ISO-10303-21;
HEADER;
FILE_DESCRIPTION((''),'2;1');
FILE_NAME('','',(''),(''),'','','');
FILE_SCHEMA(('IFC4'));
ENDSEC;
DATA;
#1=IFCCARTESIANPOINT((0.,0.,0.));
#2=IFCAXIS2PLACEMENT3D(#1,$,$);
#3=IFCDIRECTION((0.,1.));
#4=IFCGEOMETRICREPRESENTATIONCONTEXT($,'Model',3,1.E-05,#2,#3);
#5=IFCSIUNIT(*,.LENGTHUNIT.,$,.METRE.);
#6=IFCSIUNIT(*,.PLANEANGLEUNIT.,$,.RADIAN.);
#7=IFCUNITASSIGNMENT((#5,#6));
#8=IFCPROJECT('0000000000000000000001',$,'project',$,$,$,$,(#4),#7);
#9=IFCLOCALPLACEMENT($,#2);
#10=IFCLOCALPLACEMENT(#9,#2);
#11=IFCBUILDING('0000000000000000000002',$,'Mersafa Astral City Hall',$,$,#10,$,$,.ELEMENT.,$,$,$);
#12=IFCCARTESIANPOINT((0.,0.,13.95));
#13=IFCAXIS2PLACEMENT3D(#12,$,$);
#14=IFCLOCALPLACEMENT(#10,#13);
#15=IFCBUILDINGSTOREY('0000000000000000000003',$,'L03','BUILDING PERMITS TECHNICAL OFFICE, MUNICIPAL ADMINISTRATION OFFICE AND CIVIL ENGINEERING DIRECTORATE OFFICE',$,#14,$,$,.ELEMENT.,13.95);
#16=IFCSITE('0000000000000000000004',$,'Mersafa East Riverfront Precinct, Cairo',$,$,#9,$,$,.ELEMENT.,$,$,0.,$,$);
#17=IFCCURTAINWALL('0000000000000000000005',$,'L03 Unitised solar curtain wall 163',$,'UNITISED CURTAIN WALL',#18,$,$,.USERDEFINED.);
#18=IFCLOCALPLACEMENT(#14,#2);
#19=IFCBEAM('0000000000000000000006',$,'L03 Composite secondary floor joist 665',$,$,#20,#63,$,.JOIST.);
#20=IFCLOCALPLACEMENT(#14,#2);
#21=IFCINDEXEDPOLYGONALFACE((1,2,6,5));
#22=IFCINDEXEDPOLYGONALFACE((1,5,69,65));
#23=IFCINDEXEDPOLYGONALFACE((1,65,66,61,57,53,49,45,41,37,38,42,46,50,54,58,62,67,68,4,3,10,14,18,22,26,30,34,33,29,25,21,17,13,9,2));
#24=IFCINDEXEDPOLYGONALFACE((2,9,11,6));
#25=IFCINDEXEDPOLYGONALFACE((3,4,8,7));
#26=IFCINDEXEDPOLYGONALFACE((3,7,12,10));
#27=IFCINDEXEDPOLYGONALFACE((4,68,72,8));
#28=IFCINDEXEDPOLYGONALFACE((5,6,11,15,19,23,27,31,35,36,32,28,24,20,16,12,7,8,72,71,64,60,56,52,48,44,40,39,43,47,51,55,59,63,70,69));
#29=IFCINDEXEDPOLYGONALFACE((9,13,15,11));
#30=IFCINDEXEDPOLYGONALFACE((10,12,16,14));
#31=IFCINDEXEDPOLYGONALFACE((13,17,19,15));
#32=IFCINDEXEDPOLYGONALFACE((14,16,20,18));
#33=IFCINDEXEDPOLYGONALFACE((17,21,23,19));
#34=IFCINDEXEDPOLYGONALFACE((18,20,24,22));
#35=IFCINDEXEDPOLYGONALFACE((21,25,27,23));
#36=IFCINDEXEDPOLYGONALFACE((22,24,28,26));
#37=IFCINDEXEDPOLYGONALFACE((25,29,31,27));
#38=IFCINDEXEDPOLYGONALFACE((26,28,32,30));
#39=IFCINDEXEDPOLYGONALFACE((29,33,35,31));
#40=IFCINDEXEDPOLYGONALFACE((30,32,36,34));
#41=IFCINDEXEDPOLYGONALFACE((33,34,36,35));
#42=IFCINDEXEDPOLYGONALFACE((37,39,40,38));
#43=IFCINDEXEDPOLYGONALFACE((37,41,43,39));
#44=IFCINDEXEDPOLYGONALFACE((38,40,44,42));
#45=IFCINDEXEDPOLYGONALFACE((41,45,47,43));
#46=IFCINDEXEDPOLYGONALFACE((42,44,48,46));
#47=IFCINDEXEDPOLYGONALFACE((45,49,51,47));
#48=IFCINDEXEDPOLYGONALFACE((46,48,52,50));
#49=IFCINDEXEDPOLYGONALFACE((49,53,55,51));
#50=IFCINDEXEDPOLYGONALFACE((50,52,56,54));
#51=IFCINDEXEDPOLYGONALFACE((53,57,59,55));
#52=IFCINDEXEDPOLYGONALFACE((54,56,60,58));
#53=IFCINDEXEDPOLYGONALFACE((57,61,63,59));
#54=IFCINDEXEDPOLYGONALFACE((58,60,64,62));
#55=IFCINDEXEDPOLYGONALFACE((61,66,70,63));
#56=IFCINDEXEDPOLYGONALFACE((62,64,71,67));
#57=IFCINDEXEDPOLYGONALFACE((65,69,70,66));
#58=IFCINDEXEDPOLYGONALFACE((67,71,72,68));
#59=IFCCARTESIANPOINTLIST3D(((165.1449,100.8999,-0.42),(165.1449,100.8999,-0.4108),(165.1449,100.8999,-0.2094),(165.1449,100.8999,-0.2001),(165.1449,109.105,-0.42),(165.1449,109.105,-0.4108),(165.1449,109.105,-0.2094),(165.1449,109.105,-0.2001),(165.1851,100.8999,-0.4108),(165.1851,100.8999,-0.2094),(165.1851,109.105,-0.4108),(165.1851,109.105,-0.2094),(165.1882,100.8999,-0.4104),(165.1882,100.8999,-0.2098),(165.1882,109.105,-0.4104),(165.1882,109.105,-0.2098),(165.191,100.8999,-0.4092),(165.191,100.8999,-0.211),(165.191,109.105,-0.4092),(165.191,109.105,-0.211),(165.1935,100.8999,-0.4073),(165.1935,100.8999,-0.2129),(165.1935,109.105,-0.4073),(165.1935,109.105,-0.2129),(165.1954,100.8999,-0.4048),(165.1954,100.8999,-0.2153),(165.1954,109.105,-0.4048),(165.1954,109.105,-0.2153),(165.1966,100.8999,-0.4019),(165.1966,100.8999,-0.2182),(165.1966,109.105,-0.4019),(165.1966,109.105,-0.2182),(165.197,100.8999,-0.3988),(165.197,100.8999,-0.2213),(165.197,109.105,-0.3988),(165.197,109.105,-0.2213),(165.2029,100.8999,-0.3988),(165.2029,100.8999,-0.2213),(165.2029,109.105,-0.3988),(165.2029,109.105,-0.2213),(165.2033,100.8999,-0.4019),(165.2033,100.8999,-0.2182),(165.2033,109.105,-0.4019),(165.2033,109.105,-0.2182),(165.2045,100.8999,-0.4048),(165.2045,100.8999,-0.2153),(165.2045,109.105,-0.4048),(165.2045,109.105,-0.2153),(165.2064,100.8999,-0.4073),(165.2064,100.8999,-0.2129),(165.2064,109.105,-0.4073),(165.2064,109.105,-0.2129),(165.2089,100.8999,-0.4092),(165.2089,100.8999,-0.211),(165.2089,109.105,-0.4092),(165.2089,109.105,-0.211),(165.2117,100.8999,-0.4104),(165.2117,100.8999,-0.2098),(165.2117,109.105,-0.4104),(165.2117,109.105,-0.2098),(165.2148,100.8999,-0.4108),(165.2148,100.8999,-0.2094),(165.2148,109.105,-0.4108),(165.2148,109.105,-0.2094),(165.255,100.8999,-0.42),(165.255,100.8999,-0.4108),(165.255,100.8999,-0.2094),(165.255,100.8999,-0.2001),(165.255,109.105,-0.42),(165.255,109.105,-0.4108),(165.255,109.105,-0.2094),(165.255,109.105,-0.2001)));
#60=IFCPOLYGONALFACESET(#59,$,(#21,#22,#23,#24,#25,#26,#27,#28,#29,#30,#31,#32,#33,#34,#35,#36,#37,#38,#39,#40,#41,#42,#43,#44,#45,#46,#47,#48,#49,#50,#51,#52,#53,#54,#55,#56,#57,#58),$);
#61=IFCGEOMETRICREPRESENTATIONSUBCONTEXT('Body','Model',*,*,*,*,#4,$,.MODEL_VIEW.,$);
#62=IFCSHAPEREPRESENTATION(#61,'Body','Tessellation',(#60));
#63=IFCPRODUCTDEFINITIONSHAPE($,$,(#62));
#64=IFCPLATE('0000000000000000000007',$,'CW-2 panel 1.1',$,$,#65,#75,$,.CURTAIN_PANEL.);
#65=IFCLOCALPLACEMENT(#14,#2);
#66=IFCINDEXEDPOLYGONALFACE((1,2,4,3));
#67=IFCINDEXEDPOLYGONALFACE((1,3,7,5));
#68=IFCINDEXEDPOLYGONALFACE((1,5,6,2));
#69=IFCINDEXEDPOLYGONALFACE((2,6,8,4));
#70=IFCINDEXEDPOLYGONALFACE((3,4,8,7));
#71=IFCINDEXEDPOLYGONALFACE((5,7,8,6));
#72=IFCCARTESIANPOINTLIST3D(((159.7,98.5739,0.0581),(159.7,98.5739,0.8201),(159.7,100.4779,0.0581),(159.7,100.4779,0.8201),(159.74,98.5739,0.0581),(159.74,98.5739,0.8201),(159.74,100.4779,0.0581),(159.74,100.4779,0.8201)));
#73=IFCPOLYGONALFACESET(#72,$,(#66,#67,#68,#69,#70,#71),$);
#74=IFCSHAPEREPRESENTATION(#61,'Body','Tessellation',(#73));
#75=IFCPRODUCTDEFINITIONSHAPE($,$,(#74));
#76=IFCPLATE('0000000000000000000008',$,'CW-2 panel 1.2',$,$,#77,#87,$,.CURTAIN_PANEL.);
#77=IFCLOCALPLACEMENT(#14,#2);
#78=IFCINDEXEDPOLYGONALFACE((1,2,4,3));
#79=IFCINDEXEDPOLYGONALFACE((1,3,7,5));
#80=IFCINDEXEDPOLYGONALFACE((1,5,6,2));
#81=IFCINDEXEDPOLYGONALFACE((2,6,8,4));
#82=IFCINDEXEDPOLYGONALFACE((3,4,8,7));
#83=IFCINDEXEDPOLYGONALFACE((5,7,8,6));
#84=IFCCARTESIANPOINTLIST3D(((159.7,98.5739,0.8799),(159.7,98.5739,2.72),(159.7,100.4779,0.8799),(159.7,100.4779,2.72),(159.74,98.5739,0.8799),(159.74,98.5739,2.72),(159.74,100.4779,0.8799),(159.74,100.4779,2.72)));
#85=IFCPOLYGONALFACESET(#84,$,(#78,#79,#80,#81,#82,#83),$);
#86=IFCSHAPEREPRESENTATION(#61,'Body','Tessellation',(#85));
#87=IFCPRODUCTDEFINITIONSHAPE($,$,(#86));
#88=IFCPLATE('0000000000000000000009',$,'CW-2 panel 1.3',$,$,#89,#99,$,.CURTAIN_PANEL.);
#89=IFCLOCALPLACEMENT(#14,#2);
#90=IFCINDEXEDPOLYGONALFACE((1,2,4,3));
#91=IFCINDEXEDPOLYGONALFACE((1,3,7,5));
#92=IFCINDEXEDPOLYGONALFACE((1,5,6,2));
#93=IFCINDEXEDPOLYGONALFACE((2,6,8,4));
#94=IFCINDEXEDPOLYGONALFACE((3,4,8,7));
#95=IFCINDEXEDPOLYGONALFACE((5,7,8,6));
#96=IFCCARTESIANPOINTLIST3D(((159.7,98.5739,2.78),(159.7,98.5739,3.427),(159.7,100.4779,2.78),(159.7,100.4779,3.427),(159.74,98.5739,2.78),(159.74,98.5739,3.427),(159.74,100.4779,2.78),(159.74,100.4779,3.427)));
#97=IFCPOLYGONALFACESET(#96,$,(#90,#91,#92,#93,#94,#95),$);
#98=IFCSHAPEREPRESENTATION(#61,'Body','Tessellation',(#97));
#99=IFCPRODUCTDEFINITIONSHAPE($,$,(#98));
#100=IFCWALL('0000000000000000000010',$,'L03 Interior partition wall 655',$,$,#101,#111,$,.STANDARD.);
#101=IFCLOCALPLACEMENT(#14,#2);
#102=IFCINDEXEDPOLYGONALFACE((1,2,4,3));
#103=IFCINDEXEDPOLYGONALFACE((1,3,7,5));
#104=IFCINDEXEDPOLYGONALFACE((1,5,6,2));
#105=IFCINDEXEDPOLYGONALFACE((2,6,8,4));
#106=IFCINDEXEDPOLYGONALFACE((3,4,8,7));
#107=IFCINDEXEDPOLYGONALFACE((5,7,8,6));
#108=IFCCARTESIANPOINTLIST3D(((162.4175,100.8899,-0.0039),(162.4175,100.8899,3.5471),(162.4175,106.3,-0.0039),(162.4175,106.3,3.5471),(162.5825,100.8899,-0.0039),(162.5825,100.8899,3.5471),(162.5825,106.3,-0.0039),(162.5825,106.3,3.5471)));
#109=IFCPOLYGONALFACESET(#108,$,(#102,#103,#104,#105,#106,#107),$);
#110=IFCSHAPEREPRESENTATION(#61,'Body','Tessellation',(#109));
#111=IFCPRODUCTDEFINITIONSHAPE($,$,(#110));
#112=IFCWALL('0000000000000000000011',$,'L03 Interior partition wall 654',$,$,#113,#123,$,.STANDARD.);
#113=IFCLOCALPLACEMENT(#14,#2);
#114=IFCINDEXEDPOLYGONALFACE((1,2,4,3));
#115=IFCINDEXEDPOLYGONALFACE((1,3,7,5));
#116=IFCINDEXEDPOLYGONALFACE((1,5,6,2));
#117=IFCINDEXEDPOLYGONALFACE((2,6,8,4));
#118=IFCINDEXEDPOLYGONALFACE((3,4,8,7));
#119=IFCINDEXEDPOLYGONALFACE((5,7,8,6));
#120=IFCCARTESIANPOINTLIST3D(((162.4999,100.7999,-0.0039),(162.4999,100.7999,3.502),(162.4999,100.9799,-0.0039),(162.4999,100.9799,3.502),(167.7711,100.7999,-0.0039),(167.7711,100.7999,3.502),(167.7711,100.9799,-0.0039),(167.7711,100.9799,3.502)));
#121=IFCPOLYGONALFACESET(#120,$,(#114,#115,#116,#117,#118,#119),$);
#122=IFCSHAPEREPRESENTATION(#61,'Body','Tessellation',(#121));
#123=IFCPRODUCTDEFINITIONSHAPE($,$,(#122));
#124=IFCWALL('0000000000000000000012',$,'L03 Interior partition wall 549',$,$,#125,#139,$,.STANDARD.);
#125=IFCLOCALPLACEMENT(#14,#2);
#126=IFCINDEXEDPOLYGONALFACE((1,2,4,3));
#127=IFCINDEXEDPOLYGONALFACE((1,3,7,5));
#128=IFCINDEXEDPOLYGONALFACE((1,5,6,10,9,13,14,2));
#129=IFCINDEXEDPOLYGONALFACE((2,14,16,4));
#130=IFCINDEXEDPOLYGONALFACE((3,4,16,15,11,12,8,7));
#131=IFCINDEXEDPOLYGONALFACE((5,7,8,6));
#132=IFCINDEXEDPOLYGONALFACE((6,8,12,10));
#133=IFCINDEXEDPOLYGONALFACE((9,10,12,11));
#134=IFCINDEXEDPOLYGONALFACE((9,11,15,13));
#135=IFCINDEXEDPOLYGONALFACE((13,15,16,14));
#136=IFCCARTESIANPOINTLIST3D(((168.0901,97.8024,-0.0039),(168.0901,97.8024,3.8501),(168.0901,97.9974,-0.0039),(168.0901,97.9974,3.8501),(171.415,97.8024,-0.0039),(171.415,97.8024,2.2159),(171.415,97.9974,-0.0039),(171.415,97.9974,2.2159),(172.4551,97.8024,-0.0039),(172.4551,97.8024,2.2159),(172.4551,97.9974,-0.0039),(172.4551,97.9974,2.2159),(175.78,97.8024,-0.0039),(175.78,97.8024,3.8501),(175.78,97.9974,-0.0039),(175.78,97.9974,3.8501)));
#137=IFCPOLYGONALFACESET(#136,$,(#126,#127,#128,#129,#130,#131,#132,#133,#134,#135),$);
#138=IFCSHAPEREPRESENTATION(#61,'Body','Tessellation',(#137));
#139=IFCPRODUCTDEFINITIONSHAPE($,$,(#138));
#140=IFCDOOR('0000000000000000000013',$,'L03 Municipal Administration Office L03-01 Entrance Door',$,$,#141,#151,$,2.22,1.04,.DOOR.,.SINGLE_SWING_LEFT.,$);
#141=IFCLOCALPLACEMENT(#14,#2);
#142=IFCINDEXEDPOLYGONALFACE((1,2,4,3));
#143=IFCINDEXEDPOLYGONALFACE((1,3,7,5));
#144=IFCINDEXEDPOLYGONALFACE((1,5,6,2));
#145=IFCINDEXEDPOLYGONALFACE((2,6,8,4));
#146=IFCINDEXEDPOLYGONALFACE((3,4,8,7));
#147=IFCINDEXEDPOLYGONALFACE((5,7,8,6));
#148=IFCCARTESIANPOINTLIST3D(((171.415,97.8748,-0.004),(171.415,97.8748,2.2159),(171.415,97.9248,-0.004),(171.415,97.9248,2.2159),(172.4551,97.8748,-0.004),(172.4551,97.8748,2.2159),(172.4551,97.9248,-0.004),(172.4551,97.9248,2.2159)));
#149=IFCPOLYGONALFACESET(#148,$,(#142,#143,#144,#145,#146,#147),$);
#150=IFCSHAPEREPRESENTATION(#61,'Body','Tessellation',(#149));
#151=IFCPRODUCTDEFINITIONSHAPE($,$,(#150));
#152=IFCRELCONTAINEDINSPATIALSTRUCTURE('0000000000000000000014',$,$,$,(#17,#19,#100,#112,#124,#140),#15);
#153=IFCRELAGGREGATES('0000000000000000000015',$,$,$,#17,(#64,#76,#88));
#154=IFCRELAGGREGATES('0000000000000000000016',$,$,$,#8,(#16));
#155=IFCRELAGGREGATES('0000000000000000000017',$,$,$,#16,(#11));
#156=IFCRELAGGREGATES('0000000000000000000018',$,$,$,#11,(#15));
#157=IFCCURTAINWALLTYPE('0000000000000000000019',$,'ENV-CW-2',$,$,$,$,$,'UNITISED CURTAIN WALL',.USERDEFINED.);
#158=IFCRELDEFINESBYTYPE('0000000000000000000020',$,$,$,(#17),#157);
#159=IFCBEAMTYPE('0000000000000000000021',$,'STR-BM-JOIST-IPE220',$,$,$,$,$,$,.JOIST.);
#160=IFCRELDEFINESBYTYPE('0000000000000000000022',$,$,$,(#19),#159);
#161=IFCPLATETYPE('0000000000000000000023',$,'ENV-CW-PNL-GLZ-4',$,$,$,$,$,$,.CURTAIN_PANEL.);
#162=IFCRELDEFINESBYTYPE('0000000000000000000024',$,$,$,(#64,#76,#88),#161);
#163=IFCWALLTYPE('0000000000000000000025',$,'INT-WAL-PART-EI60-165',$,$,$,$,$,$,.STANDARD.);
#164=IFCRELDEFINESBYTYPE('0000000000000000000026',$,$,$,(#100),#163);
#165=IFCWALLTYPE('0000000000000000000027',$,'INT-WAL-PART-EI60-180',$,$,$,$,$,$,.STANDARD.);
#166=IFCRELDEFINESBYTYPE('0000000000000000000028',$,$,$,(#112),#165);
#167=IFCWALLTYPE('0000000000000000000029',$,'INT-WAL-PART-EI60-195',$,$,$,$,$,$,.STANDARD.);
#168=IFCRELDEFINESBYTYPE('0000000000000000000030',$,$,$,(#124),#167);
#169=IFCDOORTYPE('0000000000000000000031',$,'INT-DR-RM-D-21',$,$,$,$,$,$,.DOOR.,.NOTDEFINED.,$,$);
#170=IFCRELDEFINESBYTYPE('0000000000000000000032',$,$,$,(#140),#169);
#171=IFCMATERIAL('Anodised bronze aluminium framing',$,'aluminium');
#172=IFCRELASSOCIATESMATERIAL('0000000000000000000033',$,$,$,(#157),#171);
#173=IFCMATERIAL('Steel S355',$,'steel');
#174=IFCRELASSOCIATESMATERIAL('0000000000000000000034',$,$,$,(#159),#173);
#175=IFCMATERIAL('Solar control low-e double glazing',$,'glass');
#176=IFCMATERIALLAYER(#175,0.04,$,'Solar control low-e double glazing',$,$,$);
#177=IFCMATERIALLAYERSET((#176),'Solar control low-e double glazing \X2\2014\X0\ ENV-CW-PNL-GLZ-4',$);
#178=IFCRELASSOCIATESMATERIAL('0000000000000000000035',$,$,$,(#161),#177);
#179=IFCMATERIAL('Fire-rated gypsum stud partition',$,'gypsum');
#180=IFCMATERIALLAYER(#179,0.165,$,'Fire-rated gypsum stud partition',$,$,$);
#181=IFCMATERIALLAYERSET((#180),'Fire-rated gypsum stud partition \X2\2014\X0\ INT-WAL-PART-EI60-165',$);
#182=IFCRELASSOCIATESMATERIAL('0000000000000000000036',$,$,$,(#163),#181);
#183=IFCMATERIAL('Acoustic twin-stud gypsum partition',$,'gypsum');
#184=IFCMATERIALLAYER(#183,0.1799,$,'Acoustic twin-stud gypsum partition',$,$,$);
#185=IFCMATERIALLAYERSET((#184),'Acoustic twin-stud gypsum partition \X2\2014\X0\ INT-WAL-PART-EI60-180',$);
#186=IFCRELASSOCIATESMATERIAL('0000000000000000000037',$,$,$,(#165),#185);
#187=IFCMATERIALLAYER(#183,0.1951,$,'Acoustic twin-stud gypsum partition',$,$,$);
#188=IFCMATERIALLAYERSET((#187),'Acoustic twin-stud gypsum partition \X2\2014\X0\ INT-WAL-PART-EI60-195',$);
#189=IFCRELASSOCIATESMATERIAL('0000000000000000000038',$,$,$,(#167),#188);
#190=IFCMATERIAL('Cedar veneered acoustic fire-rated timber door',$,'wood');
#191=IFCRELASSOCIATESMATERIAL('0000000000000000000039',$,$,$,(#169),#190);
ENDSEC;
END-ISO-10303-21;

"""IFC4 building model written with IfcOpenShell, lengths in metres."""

from ifc_helpers import new_model, si_unit, direction, frame, frame_2d, origin, origin_2d, place, context, subcontext, project, spatial, rectangle, i_section, extrude, material, layer, layer_set, material_profile, profile_set, type_object, element, fill, aggregate, save


model = new_model("IFC4")

# Units and contexts
model_context = context("Model", 3, precision=1e-05, world=origin(), true_north=direction((0.0, 1.0)))
body_context = subcontext(model_context, "Body", "Model", "MODEL_VIEW")
ifc_project = project(units=[si_unit("LENGTHUNIT", "METRE"), si_unit("PLANEANGLEUNIT", "RADIAN")], contexts=[model_context])

# Site, building, storey
site_placement = place(None, origin())
site = spatial("IfcSite", under=ifc_project, at=site_placement, Name="Mersafa East Riverfront Precinct, Cairo", CompositionType="ELEMENT", RefElevation=0.0)
building_placement = place(site_placement, origin())
building = spatial("IfcBuilding", under=site, at=building_placement, Name="Mersafa Astral City Hall", CompositionType="ELEMENT")
storey_placement = place(building_placement, frame((0.0, 0.0, 13.95)))
storey = spatial("IfcBuildingStorey", under=building, at=storey_placement, Name="L03", Description="BUILDING PERMITS TECHNICAL OFFICE, MUNICIPAL ADMINISTRATION OFFICE AND CIVIL ENGINEERING DIRECTORATE OFFICE", CompositionType="ELEMENT", Elevation=13.95)

# Shared definitions
ifc_material_1 = material(Name="Steel S355", Category="steel")

# Curtain wall
ifc_material_2 = material(Name="Anodised bronze aluminium framing", Category="aluminium")
curtain_wall_type = type_object("IfcCurtainWallType", Name="ENV-CW-2", ElementType="UNITISED CURTAIN WALL", PredefinedType="USERDEFINED", material=ifc_material_2)
curtain_wall_placement = place(storey_placement, origin())
curtain_wall = element("IfcCurtainWall", 1, at=curtain_wall_placement, inside=storey, type_object=curtain_wall_type, Name="L03 Unitised solar curtain wall 163", ObjectType="UNITISED CURTAIN WALL", PredefinedType="USERDEFINED")

# Beam
ifc_material_profile_1 = material_profile(ifc_material_1, i_section(OverallWidth=0.1101, OverallDepth=0.22, WebThickness=0.0059, FlangeThickness=0.0093, FilletRadius=0.012, at=origin_2d()), Name="IPE 220")
ifc_profile_set_1 = profile_set([ifc_material_profile_1], Name="Steel S355")
beam_type_1 = type_object("IfcBeamType", Name="STR-BM-JOIST-IPE220", PredefinedType="JOIST", material=ifc_profile_set_1)
for number, where, z_axis, x_axis, name in (
    (2, (165.2, 100.8999, -0.3101), (0.0, 1.0, 0.0), (-1.0, 0.0, 0.0), "L03 Composite secondary floor joist 665"),
):
    element("IfcBeam", number, at=place(storey_placement, frame(where, z_axis=z_axis, x_axis=x_axis)), inside=storey, type_object=beam_type_1, Name=name, PredefinedType="JOIST", context=body_context, shape_type="SweptSolid", body=[
        extrude(i_section(OverallWidth=0.1101, OverallDepth=0.22, WebThickness=0.0059, FlangeThickness=0.0093, FilletRadius=0.012, at=origin_2d()), origin(), (0.0, 0.0, 1.0), 8.2051),
    ])

# Plates
ifc_material_3 = material(Name="Solar control low-e double glazing", Category="glass")
ifc_layer_1 = layer(ifc_material_3, 0.04, Name="Solar control low-e double glazing")
ifc_layer_set_1 = layer_set([ifc_layer_1], Name="Solar control low-e double glazing — ENV-CW-PNL-GLZ-4")
plate_type = type_object("IfcPlateType", Name="ENV-CW-PNL-GLZ-4", PredefinedType="CURTAIN_PANEL", material=ifc_layer_set_1)
plate_1_placement = place(storey_placement, frame((159.72, 99.5259, 0.0581), z_axis=(0.0, 0.0, 1.0), x_axis=(0.0, -1.0, 0.0)))
plate_1 = element("IfcPlate", 3, at=plate_1_placement, type_object=plate_type, Name="CW-2 panel 1.1", PredefinedType="CURTAIN_PANEL", context=body_context, shape_type="SweptSolid", body=[
    extrude(rectangle(XDim=1.9041, YDim=0.04, at=origin_2d()), origin(), (0.0, 0.0, 1.0), 0.762),
])
plate_2_placement = place(storey_placement, frame((159.72, 99.5259, 0.8799), z_axis=(0.0, 0.0, 1.0), x_axis=(0.0, -1.0, 0.0)))
plate_2 = element("IfcPlate", 4, at=plate_2_placement, type_object=plate_type, Name="CW-2 panel 1.2", PredefinedType="CURTAIN_PANEL", context=body_context, shape_type="SweptSolid", body=[
    extrude(rectangle(XDim=1.9041, YDim=0.04, at=origin_2d()), origin(), (0.0, 0.0, 1.0), 1.8401),
])
plate_3_placement = place(storey_placement, frame((159.72, 99.5259, 2.78), z_axis=(0.0, 0.0, 1.0), x_axis=(0.0, -1.0, 0.0)))
plate_3 = element("IfcPlate", 5, at=plate_3_placement, type_object=plate_type, Name="CW-2 panel 1.3", PredefinedType="CURTAIN_PANEL", context=body_context, shape_type="SweptSolid", body=[
    extrude(rectangle(XDim=1.9041, YDim=0.04, at=origin_2d()), origin(), (0.0, 0.0, 1.0), 0.647),
])
aggregate(curtain_wall, [plate_1, plate_2, plate_3])

# Walls
ifc_material_4 = material(Name="Fire-rated gypsum stud partition", Category="gypsum")
ifc_layer_2 = layer(ifc_material_4, 0.165, Name="Fire-rated gypsum stud partition")
ifc_layer_set_2 = layer_set([ifc_layer_2], Name="Fire-rated gypsum stud partition — INT-WAL-PART-EI60-165")
wall_type_1 = type_object("IfcWallType", Name="INT-WAL-PART-EI60-165", PredefinedType="STANDARD", material=ifc_layer_set_2)
wall_1_placement = place(storey_placement, frame((162.5, 100.8899, -0.0039), z_axis=(0.0, 0.0, 1.0), x_axis=(0.0, 1.0, 0.0)))
element("IfcWall", 6, at=wall_1_placement, inside=storey, type_object=wall_type_1, Name="L03 Interior partition wall 655", PredefinedType="STANDARD", context=body_context, shape_type="SweptSolid", body=[
    extrude(rectangle(XDim=5.4102, YDim=0.165, at=frame_2d((2.7051, 0.0))), origin(), (0.0, 0.0, 1.0), 3.551),
])
ifc_material_5 = material(Name="Acoustic twin-stud gypsum partition", Category="gypsum")
ifc_layer_3 = layer(ifc_material_5, 0.1799, Name="Acoustic twin-stud gypsum partition")
ifc_layer_set_3 = layer_set([ifc_layer_3], Name="Acoustic twin-stud gypsum partition — INT-WAL-PART-EI60-180")
wall_type_2 = type_object("IfcWallType", Name="INT-WAL-PART-EI60-180", PredefinedType="STANDARD", material=ifc_layer_set_3)
wall_2_placement = place(storey_placement, frame((167.7712, 100.8899, -0.0039), z_axis=(0.0, 0.0, 1.0), x_axis=(-1.0, 0.0, 0.0)))
element("IfcWall", 7, at=wall_2_placement, inside=storey, type_object=wall_type_2, Name="L03 Interior partition wall 654", PredefinedType="STANDARD", context=body_context, shape_type="SweptSolid", body=[
    extrude(rectangle(XDim=5.2712, YDim=0.1799, at=frame_2d((2.6357, 0.0))), origin(), (0.0, 0.0, 1.0), 3.5059),
])

# Wall, opening, door
ifc_layer_4 = layer(ifc_material_5, 0.1951, Name="Acoustic twin-stud gypsum partition")
ifc_layer_set_4 = layer_set([ifc_layer_4], Name="Acoustic twin-stud gypsum partition — INT-WAL-PART-EI60-195")
wall_type_3 = type_object("IfcWallType", Name="INT-WAL-PART-EI60-195", PredefinedType="STANDARD", material=ifc_layer_set_4)
wall_3_placement = place(storey_placement, frame((168.0901, 97.8999, -0.0039), z_axis=(0.0, 0.0, 1.0), x_axis=(1.0, 0.0, 0.0)))
wall_3 = element("IfcWall", 8, at=wall_3_placement, inside=storey, type_object=wall_type_3, Name="L03 Interior partition wall 549", PredefinedType="STANDARD", context=body_context, shape_type="SweptSolid", body=[
    extrude(rectangle(XDim=7.6899, YDim=0.1951, at=frame_2d((3.845, 0.0))), origin(), (0.0, 0.0, 1.0), 3.854),
])
opening_placement = place(wall_3_placement, frame((3.325, 0.0, 0.0)))
opening = element("IfcOpeningElement", 9, at=opening_placement, cuts=wall_3, PredefinedType="OPENING", context=body_context, shape_type="SweptSolid", body=[
    extrude(rectangle(XDim=1.04, YDim=2.22, at=frame_2d((0.52, 1.1099))), frame((0.0, 0.1074, 0.0), z_axis=(0.0, -1.0, 0.0), x_axis=(1.0, 0.0, 0.0)), (0.0, 0.0, 1.0), 0.2151),
])
ifc_material_6 = material(Name="Cedar veneered acoustic fire-rated timber door", Category="wood")
door_type = type_object("IfcDoorType", Name="INT-DR-RM-D-21", OperationType="NOTDEFINED", PredefinedType="DOOR", material=ifc_material_6)
door_placement = place(opening_placement, origin())
door = element("IfcDoor", 10, at=door_placement, inside=storey, type_object=door_type, Name="L03 Municipal Administration Office L03-01 Entrance Door", OperationType="SINGLE_SWING_LEFT", OverallHeight=2.22, OverallWidth=1.04, PredefinedType="DOOR", context=body_context, shape_type="SweptSolid", body=[
    extrude(rectangle(XDim=1.04, YDim=2.22, at=frame_2d((0.52, 1.1099))), frame((0.0, 0.0249, 0.0), z_axis=(0.0, -1.0, 0.0), x_axis=(1.0, 0.0, 0.0)), (0.0, 0.0, 1.0), 0.05),
])
fill(opening, door)

save(model, "model.ifc")
